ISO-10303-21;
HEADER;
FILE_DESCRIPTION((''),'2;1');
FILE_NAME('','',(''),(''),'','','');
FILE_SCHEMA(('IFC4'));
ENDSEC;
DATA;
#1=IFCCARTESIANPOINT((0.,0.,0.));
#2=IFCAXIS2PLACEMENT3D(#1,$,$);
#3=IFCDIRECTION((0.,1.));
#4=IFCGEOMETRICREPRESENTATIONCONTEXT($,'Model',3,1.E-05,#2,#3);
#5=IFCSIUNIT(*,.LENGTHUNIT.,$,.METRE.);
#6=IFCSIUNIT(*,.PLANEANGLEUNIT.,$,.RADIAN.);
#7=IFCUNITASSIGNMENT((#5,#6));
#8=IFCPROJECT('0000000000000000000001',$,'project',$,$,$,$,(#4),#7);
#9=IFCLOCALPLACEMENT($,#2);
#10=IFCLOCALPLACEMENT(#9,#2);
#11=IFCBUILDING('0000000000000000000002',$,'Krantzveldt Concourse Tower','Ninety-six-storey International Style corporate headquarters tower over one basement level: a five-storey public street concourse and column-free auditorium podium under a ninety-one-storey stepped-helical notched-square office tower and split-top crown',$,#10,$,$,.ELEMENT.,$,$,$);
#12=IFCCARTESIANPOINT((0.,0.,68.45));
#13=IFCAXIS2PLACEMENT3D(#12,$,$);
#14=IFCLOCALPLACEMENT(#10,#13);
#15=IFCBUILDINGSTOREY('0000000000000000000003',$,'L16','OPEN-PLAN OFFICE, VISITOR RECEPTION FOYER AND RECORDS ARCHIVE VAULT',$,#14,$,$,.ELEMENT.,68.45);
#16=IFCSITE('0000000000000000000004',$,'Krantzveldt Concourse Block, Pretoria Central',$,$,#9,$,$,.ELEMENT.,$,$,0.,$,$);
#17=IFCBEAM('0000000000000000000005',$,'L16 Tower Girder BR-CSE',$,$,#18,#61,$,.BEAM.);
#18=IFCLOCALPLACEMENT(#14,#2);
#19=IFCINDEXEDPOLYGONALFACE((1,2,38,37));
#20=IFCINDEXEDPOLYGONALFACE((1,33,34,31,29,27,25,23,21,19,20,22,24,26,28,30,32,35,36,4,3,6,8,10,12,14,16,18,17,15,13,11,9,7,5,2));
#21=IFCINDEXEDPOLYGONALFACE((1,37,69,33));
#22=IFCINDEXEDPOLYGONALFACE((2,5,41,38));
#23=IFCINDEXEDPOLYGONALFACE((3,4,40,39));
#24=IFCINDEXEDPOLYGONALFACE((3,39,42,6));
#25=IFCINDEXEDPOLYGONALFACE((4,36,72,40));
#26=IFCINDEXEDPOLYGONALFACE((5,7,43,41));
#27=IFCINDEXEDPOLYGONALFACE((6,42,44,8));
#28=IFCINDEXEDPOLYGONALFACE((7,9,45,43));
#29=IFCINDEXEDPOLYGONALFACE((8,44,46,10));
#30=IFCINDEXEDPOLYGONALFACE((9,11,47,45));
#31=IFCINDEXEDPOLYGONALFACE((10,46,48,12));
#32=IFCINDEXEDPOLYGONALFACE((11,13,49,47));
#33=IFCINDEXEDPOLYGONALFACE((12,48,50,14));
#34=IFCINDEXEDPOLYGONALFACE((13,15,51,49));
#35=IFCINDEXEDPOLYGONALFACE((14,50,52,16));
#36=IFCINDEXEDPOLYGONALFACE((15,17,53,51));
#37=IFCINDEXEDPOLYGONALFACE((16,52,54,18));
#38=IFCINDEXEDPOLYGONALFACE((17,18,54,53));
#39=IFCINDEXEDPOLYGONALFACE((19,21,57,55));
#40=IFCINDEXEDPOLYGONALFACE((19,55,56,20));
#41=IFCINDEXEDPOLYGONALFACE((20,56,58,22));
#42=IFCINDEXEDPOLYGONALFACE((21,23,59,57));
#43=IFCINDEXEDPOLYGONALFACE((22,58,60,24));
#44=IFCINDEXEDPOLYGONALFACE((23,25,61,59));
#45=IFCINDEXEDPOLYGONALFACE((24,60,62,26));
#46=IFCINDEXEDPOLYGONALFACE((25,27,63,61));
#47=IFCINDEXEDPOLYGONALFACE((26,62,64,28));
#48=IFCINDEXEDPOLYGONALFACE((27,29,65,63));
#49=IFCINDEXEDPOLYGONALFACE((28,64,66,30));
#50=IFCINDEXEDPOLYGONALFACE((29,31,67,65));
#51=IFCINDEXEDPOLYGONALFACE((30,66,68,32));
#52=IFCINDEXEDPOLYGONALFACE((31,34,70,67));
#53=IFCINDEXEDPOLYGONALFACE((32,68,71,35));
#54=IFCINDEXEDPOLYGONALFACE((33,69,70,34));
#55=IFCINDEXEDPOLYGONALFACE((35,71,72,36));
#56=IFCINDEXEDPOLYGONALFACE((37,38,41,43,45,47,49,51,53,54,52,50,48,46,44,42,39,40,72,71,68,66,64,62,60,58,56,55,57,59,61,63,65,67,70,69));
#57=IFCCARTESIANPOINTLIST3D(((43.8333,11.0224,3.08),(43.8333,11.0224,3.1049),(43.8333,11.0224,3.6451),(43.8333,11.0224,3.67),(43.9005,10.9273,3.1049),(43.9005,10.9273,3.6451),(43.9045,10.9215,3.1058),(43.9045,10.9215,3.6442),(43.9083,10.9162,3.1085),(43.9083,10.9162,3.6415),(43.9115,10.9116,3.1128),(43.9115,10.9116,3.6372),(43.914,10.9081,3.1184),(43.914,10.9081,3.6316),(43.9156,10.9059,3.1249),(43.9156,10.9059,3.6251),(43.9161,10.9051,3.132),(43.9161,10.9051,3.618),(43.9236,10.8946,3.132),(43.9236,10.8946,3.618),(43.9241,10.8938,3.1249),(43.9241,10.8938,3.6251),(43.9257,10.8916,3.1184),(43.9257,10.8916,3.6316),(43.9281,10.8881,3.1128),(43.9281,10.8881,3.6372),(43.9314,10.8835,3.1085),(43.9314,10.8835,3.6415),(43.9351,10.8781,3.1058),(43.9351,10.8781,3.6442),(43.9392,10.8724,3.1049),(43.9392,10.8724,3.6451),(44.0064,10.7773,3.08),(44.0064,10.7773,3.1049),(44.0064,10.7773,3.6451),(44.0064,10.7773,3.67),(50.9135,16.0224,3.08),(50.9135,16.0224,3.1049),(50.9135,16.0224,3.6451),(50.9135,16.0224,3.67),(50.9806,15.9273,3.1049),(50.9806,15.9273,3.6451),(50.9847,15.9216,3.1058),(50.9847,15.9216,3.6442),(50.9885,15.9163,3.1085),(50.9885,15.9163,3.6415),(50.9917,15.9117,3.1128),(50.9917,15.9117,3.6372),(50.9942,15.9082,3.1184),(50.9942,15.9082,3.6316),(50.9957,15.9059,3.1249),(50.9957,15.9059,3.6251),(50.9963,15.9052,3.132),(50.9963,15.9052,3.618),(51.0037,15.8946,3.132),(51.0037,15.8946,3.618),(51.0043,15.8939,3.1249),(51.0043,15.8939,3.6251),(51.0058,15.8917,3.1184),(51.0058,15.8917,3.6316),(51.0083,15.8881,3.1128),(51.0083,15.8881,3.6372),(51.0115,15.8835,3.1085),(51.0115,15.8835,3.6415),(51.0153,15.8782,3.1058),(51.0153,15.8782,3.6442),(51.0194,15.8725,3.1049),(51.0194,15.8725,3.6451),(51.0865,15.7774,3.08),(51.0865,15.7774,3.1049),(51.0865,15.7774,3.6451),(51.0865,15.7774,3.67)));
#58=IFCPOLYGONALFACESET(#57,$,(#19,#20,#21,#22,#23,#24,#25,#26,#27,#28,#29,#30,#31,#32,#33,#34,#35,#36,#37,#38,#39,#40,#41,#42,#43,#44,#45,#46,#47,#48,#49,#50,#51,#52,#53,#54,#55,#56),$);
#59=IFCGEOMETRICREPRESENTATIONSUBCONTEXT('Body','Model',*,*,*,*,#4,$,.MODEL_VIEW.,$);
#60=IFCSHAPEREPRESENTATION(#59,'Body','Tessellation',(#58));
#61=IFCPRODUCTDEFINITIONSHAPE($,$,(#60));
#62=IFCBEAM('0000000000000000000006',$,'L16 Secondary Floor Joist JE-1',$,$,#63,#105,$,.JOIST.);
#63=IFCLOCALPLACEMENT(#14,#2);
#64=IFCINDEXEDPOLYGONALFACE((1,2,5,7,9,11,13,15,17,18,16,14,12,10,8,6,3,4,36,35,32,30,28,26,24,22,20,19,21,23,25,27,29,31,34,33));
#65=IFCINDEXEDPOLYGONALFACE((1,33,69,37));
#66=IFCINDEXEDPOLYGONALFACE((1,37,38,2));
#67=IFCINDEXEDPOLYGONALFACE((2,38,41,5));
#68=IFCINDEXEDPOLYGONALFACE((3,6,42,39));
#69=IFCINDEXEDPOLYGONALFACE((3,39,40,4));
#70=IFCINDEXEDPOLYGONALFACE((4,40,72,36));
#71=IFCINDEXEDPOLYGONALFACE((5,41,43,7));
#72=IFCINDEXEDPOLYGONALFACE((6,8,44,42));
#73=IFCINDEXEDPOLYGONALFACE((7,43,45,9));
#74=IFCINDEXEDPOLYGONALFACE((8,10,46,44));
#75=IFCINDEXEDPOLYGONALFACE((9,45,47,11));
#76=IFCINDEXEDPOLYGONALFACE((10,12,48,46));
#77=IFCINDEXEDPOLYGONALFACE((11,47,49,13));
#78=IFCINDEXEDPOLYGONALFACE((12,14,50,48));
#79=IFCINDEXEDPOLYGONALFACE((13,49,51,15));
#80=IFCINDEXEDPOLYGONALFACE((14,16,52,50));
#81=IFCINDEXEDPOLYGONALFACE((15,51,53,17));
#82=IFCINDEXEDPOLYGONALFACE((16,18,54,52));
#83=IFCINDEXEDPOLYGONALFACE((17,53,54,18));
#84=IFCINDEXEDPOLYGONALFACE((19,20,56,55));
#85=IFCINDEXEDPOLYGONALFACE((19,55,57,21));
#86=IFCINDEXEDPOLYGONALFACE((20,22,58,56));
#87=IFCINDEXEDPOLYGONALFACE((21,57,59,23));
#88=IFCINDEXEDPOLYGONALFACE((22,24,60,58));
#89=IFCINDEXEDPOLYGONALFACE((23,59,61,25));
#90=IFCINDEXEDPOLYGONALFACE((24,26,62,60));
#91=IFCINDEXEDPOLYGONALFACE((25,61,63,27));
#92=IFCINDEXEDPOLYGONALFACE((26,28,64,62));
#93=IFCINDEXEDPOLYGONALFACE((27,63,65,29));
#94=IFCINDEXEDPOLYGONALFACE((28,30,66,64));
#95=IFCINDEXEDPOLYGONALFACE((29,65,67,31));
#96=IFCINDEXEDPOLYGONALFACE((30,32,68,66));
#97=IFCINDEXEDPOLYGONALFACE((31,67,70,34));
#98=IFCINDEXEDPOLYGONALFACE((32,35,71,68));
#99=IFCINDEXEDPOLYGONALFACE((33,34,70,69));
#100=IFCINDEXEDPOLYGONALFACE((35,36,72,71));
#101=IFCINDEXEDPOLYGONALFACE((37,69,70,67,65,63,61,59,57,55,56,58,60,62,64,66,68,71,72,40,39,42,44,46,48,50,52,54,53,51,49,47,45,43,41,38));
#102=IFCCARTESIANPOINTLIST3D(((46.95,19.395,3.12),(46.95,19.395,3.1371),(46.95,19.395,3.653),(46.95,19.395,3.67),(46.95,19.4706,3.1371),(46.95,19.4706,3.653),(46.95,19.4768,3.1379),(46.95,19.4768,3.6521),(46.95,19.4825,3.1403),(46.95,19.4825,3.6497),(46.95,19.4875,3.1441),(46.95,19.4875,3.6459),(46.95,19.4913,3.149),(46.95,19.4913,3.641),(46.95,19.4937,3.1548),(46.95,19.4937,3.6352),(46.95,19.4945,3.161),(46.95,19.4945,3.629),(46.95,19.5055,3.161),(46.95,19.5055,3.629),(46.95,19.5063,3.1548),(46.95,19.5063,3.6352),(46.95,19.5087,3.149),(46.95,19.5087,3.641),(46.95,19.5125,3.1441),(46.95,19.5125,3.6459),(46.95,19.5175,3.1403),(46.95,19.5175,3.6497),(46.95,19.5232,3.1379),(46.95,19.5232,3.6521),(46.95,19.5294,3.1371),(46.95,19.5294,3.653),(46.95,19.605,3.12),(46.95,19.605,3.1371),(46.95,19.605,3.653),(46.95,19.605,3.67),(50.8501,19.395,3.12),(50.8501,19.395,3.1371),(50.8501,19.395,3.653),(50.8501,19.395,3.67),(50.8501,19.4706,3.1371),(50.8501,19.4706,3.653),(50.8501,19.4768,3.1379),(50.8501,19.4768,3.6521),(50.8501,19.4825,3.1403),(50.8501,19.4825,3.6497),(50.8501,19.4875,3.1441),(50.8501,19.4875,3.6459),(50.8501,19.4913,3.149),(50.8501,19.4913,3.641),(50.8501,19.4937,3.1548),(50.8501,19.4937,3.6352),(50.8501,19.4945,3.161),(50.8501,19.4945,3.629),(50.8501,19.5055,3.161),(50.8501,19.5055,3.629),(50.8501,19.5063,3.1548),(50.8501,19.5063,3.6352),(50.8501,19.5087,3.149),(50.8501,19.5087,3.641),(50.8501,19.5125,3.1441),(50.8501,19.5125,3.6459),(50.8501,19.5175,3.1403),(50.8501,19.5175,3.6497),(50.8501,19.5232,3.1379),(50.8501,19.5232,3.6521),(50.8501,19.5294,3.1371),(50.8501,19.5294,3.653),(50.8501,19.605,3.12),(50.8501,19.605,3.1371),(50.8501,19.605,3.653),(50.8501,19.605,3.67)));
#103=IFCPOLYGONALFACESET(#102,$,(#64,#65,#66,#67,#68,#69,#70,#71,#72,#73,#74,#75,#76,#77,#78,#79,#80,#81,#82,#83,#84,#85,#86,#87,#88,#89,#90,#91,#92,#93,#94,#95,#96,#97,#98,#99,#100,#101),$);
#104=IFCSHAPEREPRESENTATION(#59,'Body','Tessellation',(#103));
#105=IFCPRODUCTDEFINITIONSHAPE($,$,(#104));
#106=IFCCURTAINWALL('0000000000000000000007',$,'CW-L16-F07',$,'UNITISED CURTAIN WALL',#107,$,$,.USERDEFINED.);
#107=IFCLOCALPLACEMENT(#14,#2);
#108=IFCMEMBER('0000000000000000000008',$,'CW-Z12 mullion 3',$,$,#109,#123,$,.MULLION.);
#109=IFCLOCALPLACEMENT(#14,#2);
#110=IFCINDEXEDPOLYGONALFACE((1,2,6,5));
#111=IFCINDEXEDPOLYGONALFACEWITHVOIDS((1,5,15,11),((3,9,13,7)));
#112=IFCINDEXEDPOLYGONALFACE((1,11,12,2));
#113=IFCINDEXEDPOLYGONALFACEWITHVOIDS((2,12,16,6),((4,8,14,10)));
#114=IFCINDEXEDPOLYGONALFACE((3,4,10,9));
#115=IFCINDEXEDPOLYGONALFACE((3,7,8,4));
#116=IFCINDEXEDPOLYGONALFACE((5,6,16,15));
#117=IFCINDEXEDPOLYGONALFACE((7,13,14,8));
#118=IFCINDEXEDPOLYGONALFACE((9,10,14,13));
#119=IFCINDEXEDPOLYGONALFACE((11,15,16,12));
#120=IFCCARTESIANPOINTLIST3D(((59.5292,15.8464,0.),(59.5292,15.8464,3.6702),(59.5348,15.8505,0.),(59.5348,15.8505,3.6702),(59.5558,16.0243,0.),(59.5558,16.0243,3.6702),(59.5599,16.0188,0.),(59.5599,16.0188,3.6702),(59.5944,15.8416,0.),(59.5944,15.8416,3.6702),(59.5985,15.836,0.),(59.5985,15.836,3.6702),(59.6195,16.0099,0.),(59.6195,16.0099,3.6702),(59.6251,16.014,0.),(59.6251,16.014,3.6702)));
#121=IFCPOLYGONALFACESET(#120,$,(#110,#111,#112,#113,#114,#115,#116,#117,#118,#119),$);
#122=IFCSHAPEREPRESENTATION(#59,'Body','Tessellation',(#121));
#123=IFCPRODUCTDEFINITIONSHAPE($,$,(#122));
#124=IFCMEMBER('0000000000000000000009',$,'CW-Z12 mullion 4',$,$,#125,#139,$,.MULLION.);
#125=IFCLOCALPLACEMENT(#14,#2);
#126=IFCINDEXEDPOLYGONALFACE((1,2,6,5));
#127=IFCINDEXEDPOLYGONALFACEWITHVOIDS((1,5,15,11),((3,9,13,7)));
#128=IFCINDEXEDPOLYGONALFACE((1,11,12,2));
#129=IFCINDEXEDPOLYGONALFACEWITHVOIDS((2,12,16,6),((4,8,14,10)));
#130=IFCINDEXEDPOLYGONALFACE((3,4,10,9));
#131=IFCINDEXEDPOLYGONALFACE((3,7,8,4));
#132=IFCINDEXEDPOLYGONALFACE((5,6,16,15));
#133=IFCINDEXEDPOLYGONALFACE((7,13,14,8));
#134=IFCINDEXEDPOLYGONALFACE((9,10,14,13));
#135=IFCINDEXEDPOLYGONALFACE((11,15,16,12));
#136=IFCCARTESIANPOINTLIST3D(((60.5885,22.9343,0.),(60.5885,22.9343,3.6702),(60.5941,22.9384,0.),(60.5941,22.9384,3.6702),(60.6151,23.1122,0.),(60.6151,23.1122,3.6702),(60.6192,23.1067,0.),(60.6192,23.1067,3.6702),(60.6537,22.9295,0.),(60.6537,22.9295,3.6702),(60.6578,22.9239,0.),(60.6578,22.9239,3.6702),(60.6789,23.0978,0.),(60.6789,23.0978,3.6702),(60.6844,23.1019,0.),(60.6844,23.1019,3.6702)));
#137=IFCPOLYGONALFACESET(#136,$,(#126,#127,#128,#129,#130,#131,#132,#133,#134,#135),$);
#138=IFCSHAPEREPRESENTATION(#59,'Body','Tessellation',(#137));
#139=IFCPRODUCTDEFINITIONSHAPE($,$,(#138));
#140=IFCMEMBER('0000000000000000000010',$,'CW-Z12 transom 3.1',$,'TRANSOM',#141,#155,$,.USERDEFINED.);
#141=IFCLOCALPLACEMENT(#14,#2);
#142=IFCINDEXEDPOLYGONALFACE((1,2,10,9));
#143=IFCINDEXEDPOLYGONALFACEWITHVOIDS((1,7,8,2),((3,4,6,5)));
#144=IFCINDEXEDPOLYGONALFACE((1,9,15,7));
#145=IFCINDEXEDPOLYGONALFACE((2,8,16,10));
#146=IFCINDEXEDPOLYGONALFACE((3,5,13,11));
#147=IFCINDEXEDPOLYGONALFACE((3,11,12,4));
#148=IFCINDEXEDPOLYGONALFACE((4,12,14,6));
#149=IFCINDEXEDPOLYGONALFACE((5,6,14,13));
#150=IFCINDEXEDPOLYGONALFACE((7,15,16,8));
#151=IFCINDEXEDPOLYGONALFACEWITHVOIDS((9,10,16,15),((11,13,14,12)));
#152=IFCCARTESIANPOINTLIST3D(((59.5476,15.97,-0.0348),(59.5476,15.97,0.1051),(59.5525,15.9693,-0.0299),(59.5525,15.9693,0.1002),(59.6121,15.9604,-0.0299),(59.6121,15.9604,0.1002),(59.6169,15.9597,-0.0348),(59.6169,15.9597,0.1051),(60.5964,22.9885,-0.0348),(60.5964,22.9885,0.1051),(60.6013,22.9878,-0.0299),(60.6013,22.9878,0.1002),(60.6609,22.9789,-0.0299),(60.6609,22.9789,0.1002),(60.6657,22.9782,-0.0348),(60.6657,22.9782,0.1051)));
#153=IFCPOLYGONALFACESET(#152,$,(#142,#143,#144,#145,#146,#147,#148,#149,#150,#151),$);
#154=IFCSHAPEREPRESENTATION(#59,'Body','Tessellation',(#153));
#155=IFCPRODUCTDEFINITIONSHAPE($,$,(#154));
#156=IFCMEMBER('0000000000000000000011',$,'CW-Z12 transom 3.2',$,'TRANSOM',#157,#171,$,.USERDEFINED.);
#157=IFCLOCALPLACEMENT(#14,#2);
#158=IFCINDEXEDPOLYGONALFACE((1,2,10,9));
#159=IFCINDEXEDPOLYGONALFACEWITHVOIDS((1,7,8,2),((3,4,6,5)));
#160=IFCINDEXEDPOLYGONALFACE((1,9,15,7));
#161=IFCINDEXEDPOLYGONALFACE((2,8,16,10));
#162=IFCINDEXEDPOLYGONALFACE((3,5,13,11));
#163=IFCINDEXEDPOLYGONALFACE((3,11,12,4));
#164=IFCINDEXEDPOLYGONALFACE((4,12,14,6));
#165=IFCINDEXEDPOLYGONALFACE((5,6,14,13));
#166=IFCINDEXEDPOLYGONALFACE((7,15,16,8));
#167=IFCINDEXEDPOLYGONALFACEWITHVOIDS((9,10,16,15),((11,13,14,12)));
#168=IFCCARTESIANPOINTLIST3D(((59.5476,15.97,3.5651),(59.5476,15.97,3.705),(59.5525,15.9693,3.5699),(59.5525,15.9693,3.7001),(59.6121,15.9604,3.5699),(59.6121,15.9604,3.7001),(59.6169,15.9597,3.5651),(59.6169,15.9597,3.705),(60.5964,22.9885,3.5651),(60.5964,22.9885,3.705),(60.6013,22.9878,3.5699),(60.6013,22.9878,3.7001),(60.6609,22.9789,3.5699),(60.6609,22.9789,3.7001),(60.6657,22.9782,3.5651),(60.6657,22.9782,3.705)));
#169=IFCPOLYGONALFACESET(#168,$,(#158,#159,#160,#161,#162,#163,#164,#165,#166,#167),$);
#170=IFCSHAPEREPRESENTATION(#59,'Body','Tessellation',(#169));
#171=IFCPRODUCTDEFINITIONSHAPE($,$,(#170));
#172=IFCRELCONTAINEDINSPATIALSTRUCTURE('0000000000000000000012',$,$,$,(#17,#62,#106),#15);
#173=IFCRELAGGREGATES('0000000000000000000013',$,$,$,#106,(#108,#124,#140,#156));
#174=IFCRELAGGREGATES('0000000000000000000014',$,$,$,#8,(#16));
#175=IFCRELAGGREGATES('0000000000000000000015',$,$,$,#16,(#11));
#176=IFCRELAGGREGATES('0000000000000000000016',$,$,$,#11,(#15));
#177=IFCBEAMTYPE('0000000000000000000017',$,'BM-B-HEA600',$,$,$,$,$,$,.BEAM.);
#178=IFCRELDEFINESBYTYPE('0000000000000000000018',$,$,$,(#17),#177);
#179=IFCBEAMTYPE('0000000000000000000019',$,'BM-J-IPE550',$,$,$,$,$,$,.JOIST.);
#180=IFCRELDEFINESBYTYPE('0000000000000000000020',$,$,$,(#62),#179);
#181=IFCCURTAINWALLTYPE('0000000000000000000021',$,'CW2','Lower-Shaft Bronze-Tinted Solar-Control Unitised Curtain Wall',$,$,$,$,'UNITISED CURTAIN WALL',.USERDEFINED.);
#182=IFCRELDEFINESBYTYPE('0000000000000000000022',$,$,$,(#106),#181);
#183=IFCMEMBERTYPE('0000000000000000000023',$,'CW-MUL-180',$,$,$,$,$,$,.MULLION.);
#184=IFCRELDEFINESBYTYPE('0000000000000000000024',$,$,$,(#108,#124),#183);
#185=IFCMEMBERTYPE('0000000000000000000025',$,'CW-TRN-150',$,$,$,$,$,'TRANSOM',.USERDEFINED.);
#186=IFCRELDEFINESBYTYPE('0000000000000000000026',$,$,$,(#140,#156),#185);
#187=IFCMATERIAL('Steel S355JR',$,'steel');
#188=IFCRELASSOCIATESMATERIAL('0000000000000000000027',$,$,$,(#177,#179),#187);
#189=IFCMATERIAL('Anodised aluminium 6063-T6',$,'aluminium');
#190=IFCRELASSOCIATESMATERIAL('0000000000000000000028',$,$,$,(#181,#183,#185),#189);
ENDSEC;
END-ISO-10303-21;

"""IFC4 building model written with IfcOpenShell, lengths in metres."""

from ifc_helpers import new_model, si_unit, direction, frame, origin, origin_2d, place, context, subcontext, project, spatial, hollow_rectangle, i_section, extrude, source, transform, mapped, material, material_profile, profile_set, type_object, type_shapes, element, aggregate, save


model = new_model("IFC4")

# Units and contexts
model_context = context("Model", 3, precision=1e-05, world=origin(), true_north=direction((0.0, 1.0)))
body_context = subcontext(model_context, "Body", "Model", "MODEL_VIEW")
ifc_project = project(units=[si_unit("LENGTHUNIT", "METRE"), si_unit("PLANEANGLEUNIT", "RADIAN")], contexts=[model_context])

# Site, building, storey
site_placement = place(None, origin())
site = spatial("IfcSite", under=ifc_project, at=site_placement, Name="Krantzveldt Concourse Block, Pretoria Central", CompositionType="ELEMENT", RefElevation=0.0)
building_placement = place(site_placement, origin())
building = spatial("IfcBuilding", under=site, at=building_placement, Name="Krantzveldt Concourse Tower", Description="Ninety-six-storey International Style corporate headquarters tower over one basement level: a five-storey public street concourse and column-free auditorium podium under a ninety-one-storey stepped-helical notched-square office tower and split-top crown", CompositionType="ELEMENT")
storey_placement = place(building_placement, frame((0.0, 0.0, 68.45)))
storey = spatial("IfcBuildingStorey", under=building, at=storey_placement, Name="L16", Description="OPEN-PLAN OFFICE, VISITOR RECEPTION FOYER AND RECORDS ARCHIVE VAULT", CompositionType="ELEMENT", Elevation=68.45)

# Beams
ifc_material_1 = material(Name="Steel S355JR", Category="steel")
ifc_material_profile_1 = material_profile(ifc_material_1, i_section(OverallWidth=0.3, OverallDepth=0.5901, WebThickness=0.0129, FlangeThickness=0.0249, FilletRadius=0.0271, at=origin_2d()), Name="Steel S355JR", Category="steel")
ifc_profile_set_1 = profile_set([ifc_material_profile_1], Name="Steel S355JR - HEA 600")
beam_type_1 = type_object("IfcBeamType", Name="BM-B-HEA600", PredefinedType="BEAM", material=ifc_profile_set_1)
shared_shape_1 = source(origin(), body_context, "Body", "SweptSolid", [
    extrude(i_section(OverallWidth=0.3, OverallDepth=0.5901, WebThickness=0.0129, FlangeThickness=0.0249, FilletRadius=0.0271, at=origin_2d()), origin(), (0.0, 0.0, 1.0), 8.6677),
])
beam_1_placement = place(storey_placement, frame((51.0, 15.8999, 3.375), z_axis=(-0.816843, -0.57686, 0.0), x_axis=(0.57686, -0.816843, 0.0)))
element("IfcBeam", 1, at=beam_1_placement, inside=storey, type_object=beam_type_1, Name="L16 Tower Girder BR-CSE", PredefinedType="BEAM", context=body_context, shape_type="MappedRepresentation", body=[
    mapped(shared_shape_1, transform((0.0, 0.0, 0.0), x_axis=(1.0, 0.0, 0.0), y_axis=(0.0, 1.0, 0.0), z_axis=(0.0, 0.0, 1.0), scale=1.0)),
])
ifc_material_profile_2 = material_profile(ifc_material_1, i_section(OverallWidth=0.21, OverallDepth=0.55, WebThickness=0.011, FlangeThickness=0.0171, FilletRadius=0.0239, at=origin_2d()), Name="Steel S355JR", Category="steel")
ifc_profile_set_2 = profile_set([ifc_material_profile_2], Name="Steel S355JR - IPE 550")
beam_type_2 = type_object("IfcBeamType", Name="BM-J-IPE550", PredefinedType="JOIST", material=ifc_profile_set_2)
shared_shape_2 = source(origin(), body_context, "Body", "SweptSolid", [
    extrude(i_section(OverallWidth=0.21, OverallDepth=0.55, WebThickness=0.011, FlangeThickness=0.0171, FilletRadius=0.0239, at=origin_2d()), origin(), (0.0, 0.0, 1.0), 3.9001),
])
type_shapes(beam_type_2, [shared_shape_2])
beam_2_placement = place(storey_placement, frame((46.95, 19.5, 3.395), z_axis=(1.0, 0.0, 0.0), x_axis=(0.0, 1.0, 0.0)))
element("IfcBeam", 2, at=beam_2_placement, inside=storey, type_object=beam_type_2, Name="L16 Secondary Floor Joist JE-1", PredefinedType="JOIST", context=body_context, shape_type="MappedRepresentation", body=[
    mapped(shared_shape_2, transform((0.0, 0.0, 0.0), x_axis=(1.0, 0.0, 0.0), y_axis=(0.0, 1.0, 0.0), z_axis=(0.0, 0.0, 1.0), scale=1.0)),
])

# Curtain wall, members
ifc_material_2 = material(Name="Anodised aluminium 6063-T6", Category="aluminium")
curtain_wall_type = type_object("IfcCurtainWallType", Name="CW2", Description="Lower-Shaft Bronze-Tinted Solar-Control Unitised Curtain Wall", ElementType="UNITISED CURTAIN WALL", PredefinedType="USERDEFINED", material=ifc_material_2)
curtain_wall_placement = place(storey_placement, origin())
curtain_wall = element("IfcCurtainWall", 3, at=curtain_wall_placement, inside=storey, type_object=curtain_wall_type, Name="CW-L16-F07", ObjectType="UNITISED CURTAIN WALL", PredefinedType="USERDEFINED")
ifc_material_profile_3 = material_profile(ifc_material_2, hollow_rectangle(XDim=0.0701, YDim=0.1799, WallThickness=0.0049, at=origin_2d()), Name="Anodised aluminium 6063-T6", Category="aluminium")
ifc_profile_set_3 = profile_set([ifc_material_profile_3], Name="Anodised aluminium 6063-T6 - ALU-MULL 180x70x5")
member_type_1 = type_object("IfcMemberType", Name="CW-MUL-180", PredefinedType="MULLION", material=ifc_profile_set_3)
shared_shape_3 = source(origin(), body_context, "Body", "SweptSolid", [
    extrude(hollow_rectangle(XDim=0.0701, YDim=0.1799, WallThickness=0.0049, at=origin_2d()), origin(), (0.0, 0.0, 1.0), 3.6702),
])
type_shapes(member_type_1, [shared_shape_3])
member_1_placement = place(storey_placement, frame((59.5771, 15.9302, 0.0), z_axis=(0.0, 0.0, 1.0), x_axis=(-0.989016, 0.14781, 0.0)))
member_1 = element("IfcMember", 4, at=member_1_placement, type_object=member_type_1, Name="CW-Z12 mullion 3", PredefinedType="MULLION", context=body_context, shape_type="MappedRepresentation", body=[
    mapped(shared_shape_3, transform((0.0, 0.0, 0.0), x_axis=(1.0, 0.0, 0.0), y_axis=(0.0, 1.0, 0.0), z_axis=(0.0, 0.0, 1.0), scale=1.0)),
])
member_2_placement = place(storey_placement, frame((60.6365, 23.0181, 0.0), z_axis=(0.0, 0.0, 1.0), x_axis=(-0.989016, 0.14781, 0.0)))
member_2 = element("IfcMember", 5, at=member_2_placement, type_object=member_type_1, Name="CW-Z12 mullion 4", PredefinedType="MULLION", context=body_context, shape_type="MappedRepresentation", body=[
    mapped(shared_shape_3, transform((0.0, 0.0, 0.0), x_axis=(1.0, 0.0, 0.0), y_axis=(0.0, 1.0, 0.0), z_axis=(0.0, 0.0, 1.0), scale=1.0)),
])
ifc_material_profile_4 = material_profile(ifc_material_2, hollow_rectangle(XDim=0.0701, YDim=0.1399, WallThickness=0.0049, at=origin_2d()), Name="Anodised aluminium 6063-T6", Category="aluminium")
ifc_profile_set_4 = profile_set([ifc_material_profile_4], Name="Anodised aluminium 6063-T6 - ALU-TRAN 140x70x5")
member_type_2 = type_object("IfcMemberType", Name="CW-TRN-150", ElementType="TRANSOM", PredefinedType="USERDEFINED", material=ifc_profile_set_4)
shared_shape_4 = source(origin(), body_context, "Body", "SweptSolid", [
    extrude(hollow_rectangle(XDim=0.0701, YDim=0.1399, WallThickness=0.0049, at=origin_2d()), origin(), (0.0, 0.0, 1.0), 7.0964),
])
type_shapes(member_type_2, [shared_shape_4])
member_3_placement = place(storey_placement, frame((59.5823, 15.9648, 0.0352), z_axis=(0.147795, 0.989018, 0.0), x_axis=(-0.989018, 0.147795, 0.0)))
member_3 = element("IfcMember", 6, at=member_3_placement, type_object=member_type_2, Name="CW-Z12 transom 3.1", ObjectType="TRANSOM", PredefinedType="USERDEFINED", context=body_context, shape_type="MappedRepresentation", body=[
    mapped(shared_shape_4, transform((0.0, 0.0, 0.0), x_axis=(1.0, 0.0, 0.0), y_axis=(0.0, 1.0, 0.0), z_axis=(0.0, 0.0, 1.0), scale=1.0)),
])
member_4_placement = place(storey_placement, frame((59.5823, 15.9648, 3.635), z_axis=(0.147795, 0.989018, 0.0), x_axis=(-0.989018, 0.147795, 0.0)))
member_4 = element("IfcMember", 7, at=member_4_placement, type_object=member_type_2, Name="CW-Z12 transom 3.2", ObjectType="TRANSOM", PredefinedType="USERDEFINED", context=body_context, shape_type="MappedRepresentation", body=[
    mapped(shared_shape_4, transform((0.0, 0.0, 0.0), x_axis=(1.0, 0.0, 0.0), y_axis=(0.0, 1.0, 0.0), z_axis=(0.0, 0.0, 1.0), scale=1.0)),
])
aggregate(curtain_wall, [member_1, member_2, member_3, member_4])

save(model, "model.ifc")
